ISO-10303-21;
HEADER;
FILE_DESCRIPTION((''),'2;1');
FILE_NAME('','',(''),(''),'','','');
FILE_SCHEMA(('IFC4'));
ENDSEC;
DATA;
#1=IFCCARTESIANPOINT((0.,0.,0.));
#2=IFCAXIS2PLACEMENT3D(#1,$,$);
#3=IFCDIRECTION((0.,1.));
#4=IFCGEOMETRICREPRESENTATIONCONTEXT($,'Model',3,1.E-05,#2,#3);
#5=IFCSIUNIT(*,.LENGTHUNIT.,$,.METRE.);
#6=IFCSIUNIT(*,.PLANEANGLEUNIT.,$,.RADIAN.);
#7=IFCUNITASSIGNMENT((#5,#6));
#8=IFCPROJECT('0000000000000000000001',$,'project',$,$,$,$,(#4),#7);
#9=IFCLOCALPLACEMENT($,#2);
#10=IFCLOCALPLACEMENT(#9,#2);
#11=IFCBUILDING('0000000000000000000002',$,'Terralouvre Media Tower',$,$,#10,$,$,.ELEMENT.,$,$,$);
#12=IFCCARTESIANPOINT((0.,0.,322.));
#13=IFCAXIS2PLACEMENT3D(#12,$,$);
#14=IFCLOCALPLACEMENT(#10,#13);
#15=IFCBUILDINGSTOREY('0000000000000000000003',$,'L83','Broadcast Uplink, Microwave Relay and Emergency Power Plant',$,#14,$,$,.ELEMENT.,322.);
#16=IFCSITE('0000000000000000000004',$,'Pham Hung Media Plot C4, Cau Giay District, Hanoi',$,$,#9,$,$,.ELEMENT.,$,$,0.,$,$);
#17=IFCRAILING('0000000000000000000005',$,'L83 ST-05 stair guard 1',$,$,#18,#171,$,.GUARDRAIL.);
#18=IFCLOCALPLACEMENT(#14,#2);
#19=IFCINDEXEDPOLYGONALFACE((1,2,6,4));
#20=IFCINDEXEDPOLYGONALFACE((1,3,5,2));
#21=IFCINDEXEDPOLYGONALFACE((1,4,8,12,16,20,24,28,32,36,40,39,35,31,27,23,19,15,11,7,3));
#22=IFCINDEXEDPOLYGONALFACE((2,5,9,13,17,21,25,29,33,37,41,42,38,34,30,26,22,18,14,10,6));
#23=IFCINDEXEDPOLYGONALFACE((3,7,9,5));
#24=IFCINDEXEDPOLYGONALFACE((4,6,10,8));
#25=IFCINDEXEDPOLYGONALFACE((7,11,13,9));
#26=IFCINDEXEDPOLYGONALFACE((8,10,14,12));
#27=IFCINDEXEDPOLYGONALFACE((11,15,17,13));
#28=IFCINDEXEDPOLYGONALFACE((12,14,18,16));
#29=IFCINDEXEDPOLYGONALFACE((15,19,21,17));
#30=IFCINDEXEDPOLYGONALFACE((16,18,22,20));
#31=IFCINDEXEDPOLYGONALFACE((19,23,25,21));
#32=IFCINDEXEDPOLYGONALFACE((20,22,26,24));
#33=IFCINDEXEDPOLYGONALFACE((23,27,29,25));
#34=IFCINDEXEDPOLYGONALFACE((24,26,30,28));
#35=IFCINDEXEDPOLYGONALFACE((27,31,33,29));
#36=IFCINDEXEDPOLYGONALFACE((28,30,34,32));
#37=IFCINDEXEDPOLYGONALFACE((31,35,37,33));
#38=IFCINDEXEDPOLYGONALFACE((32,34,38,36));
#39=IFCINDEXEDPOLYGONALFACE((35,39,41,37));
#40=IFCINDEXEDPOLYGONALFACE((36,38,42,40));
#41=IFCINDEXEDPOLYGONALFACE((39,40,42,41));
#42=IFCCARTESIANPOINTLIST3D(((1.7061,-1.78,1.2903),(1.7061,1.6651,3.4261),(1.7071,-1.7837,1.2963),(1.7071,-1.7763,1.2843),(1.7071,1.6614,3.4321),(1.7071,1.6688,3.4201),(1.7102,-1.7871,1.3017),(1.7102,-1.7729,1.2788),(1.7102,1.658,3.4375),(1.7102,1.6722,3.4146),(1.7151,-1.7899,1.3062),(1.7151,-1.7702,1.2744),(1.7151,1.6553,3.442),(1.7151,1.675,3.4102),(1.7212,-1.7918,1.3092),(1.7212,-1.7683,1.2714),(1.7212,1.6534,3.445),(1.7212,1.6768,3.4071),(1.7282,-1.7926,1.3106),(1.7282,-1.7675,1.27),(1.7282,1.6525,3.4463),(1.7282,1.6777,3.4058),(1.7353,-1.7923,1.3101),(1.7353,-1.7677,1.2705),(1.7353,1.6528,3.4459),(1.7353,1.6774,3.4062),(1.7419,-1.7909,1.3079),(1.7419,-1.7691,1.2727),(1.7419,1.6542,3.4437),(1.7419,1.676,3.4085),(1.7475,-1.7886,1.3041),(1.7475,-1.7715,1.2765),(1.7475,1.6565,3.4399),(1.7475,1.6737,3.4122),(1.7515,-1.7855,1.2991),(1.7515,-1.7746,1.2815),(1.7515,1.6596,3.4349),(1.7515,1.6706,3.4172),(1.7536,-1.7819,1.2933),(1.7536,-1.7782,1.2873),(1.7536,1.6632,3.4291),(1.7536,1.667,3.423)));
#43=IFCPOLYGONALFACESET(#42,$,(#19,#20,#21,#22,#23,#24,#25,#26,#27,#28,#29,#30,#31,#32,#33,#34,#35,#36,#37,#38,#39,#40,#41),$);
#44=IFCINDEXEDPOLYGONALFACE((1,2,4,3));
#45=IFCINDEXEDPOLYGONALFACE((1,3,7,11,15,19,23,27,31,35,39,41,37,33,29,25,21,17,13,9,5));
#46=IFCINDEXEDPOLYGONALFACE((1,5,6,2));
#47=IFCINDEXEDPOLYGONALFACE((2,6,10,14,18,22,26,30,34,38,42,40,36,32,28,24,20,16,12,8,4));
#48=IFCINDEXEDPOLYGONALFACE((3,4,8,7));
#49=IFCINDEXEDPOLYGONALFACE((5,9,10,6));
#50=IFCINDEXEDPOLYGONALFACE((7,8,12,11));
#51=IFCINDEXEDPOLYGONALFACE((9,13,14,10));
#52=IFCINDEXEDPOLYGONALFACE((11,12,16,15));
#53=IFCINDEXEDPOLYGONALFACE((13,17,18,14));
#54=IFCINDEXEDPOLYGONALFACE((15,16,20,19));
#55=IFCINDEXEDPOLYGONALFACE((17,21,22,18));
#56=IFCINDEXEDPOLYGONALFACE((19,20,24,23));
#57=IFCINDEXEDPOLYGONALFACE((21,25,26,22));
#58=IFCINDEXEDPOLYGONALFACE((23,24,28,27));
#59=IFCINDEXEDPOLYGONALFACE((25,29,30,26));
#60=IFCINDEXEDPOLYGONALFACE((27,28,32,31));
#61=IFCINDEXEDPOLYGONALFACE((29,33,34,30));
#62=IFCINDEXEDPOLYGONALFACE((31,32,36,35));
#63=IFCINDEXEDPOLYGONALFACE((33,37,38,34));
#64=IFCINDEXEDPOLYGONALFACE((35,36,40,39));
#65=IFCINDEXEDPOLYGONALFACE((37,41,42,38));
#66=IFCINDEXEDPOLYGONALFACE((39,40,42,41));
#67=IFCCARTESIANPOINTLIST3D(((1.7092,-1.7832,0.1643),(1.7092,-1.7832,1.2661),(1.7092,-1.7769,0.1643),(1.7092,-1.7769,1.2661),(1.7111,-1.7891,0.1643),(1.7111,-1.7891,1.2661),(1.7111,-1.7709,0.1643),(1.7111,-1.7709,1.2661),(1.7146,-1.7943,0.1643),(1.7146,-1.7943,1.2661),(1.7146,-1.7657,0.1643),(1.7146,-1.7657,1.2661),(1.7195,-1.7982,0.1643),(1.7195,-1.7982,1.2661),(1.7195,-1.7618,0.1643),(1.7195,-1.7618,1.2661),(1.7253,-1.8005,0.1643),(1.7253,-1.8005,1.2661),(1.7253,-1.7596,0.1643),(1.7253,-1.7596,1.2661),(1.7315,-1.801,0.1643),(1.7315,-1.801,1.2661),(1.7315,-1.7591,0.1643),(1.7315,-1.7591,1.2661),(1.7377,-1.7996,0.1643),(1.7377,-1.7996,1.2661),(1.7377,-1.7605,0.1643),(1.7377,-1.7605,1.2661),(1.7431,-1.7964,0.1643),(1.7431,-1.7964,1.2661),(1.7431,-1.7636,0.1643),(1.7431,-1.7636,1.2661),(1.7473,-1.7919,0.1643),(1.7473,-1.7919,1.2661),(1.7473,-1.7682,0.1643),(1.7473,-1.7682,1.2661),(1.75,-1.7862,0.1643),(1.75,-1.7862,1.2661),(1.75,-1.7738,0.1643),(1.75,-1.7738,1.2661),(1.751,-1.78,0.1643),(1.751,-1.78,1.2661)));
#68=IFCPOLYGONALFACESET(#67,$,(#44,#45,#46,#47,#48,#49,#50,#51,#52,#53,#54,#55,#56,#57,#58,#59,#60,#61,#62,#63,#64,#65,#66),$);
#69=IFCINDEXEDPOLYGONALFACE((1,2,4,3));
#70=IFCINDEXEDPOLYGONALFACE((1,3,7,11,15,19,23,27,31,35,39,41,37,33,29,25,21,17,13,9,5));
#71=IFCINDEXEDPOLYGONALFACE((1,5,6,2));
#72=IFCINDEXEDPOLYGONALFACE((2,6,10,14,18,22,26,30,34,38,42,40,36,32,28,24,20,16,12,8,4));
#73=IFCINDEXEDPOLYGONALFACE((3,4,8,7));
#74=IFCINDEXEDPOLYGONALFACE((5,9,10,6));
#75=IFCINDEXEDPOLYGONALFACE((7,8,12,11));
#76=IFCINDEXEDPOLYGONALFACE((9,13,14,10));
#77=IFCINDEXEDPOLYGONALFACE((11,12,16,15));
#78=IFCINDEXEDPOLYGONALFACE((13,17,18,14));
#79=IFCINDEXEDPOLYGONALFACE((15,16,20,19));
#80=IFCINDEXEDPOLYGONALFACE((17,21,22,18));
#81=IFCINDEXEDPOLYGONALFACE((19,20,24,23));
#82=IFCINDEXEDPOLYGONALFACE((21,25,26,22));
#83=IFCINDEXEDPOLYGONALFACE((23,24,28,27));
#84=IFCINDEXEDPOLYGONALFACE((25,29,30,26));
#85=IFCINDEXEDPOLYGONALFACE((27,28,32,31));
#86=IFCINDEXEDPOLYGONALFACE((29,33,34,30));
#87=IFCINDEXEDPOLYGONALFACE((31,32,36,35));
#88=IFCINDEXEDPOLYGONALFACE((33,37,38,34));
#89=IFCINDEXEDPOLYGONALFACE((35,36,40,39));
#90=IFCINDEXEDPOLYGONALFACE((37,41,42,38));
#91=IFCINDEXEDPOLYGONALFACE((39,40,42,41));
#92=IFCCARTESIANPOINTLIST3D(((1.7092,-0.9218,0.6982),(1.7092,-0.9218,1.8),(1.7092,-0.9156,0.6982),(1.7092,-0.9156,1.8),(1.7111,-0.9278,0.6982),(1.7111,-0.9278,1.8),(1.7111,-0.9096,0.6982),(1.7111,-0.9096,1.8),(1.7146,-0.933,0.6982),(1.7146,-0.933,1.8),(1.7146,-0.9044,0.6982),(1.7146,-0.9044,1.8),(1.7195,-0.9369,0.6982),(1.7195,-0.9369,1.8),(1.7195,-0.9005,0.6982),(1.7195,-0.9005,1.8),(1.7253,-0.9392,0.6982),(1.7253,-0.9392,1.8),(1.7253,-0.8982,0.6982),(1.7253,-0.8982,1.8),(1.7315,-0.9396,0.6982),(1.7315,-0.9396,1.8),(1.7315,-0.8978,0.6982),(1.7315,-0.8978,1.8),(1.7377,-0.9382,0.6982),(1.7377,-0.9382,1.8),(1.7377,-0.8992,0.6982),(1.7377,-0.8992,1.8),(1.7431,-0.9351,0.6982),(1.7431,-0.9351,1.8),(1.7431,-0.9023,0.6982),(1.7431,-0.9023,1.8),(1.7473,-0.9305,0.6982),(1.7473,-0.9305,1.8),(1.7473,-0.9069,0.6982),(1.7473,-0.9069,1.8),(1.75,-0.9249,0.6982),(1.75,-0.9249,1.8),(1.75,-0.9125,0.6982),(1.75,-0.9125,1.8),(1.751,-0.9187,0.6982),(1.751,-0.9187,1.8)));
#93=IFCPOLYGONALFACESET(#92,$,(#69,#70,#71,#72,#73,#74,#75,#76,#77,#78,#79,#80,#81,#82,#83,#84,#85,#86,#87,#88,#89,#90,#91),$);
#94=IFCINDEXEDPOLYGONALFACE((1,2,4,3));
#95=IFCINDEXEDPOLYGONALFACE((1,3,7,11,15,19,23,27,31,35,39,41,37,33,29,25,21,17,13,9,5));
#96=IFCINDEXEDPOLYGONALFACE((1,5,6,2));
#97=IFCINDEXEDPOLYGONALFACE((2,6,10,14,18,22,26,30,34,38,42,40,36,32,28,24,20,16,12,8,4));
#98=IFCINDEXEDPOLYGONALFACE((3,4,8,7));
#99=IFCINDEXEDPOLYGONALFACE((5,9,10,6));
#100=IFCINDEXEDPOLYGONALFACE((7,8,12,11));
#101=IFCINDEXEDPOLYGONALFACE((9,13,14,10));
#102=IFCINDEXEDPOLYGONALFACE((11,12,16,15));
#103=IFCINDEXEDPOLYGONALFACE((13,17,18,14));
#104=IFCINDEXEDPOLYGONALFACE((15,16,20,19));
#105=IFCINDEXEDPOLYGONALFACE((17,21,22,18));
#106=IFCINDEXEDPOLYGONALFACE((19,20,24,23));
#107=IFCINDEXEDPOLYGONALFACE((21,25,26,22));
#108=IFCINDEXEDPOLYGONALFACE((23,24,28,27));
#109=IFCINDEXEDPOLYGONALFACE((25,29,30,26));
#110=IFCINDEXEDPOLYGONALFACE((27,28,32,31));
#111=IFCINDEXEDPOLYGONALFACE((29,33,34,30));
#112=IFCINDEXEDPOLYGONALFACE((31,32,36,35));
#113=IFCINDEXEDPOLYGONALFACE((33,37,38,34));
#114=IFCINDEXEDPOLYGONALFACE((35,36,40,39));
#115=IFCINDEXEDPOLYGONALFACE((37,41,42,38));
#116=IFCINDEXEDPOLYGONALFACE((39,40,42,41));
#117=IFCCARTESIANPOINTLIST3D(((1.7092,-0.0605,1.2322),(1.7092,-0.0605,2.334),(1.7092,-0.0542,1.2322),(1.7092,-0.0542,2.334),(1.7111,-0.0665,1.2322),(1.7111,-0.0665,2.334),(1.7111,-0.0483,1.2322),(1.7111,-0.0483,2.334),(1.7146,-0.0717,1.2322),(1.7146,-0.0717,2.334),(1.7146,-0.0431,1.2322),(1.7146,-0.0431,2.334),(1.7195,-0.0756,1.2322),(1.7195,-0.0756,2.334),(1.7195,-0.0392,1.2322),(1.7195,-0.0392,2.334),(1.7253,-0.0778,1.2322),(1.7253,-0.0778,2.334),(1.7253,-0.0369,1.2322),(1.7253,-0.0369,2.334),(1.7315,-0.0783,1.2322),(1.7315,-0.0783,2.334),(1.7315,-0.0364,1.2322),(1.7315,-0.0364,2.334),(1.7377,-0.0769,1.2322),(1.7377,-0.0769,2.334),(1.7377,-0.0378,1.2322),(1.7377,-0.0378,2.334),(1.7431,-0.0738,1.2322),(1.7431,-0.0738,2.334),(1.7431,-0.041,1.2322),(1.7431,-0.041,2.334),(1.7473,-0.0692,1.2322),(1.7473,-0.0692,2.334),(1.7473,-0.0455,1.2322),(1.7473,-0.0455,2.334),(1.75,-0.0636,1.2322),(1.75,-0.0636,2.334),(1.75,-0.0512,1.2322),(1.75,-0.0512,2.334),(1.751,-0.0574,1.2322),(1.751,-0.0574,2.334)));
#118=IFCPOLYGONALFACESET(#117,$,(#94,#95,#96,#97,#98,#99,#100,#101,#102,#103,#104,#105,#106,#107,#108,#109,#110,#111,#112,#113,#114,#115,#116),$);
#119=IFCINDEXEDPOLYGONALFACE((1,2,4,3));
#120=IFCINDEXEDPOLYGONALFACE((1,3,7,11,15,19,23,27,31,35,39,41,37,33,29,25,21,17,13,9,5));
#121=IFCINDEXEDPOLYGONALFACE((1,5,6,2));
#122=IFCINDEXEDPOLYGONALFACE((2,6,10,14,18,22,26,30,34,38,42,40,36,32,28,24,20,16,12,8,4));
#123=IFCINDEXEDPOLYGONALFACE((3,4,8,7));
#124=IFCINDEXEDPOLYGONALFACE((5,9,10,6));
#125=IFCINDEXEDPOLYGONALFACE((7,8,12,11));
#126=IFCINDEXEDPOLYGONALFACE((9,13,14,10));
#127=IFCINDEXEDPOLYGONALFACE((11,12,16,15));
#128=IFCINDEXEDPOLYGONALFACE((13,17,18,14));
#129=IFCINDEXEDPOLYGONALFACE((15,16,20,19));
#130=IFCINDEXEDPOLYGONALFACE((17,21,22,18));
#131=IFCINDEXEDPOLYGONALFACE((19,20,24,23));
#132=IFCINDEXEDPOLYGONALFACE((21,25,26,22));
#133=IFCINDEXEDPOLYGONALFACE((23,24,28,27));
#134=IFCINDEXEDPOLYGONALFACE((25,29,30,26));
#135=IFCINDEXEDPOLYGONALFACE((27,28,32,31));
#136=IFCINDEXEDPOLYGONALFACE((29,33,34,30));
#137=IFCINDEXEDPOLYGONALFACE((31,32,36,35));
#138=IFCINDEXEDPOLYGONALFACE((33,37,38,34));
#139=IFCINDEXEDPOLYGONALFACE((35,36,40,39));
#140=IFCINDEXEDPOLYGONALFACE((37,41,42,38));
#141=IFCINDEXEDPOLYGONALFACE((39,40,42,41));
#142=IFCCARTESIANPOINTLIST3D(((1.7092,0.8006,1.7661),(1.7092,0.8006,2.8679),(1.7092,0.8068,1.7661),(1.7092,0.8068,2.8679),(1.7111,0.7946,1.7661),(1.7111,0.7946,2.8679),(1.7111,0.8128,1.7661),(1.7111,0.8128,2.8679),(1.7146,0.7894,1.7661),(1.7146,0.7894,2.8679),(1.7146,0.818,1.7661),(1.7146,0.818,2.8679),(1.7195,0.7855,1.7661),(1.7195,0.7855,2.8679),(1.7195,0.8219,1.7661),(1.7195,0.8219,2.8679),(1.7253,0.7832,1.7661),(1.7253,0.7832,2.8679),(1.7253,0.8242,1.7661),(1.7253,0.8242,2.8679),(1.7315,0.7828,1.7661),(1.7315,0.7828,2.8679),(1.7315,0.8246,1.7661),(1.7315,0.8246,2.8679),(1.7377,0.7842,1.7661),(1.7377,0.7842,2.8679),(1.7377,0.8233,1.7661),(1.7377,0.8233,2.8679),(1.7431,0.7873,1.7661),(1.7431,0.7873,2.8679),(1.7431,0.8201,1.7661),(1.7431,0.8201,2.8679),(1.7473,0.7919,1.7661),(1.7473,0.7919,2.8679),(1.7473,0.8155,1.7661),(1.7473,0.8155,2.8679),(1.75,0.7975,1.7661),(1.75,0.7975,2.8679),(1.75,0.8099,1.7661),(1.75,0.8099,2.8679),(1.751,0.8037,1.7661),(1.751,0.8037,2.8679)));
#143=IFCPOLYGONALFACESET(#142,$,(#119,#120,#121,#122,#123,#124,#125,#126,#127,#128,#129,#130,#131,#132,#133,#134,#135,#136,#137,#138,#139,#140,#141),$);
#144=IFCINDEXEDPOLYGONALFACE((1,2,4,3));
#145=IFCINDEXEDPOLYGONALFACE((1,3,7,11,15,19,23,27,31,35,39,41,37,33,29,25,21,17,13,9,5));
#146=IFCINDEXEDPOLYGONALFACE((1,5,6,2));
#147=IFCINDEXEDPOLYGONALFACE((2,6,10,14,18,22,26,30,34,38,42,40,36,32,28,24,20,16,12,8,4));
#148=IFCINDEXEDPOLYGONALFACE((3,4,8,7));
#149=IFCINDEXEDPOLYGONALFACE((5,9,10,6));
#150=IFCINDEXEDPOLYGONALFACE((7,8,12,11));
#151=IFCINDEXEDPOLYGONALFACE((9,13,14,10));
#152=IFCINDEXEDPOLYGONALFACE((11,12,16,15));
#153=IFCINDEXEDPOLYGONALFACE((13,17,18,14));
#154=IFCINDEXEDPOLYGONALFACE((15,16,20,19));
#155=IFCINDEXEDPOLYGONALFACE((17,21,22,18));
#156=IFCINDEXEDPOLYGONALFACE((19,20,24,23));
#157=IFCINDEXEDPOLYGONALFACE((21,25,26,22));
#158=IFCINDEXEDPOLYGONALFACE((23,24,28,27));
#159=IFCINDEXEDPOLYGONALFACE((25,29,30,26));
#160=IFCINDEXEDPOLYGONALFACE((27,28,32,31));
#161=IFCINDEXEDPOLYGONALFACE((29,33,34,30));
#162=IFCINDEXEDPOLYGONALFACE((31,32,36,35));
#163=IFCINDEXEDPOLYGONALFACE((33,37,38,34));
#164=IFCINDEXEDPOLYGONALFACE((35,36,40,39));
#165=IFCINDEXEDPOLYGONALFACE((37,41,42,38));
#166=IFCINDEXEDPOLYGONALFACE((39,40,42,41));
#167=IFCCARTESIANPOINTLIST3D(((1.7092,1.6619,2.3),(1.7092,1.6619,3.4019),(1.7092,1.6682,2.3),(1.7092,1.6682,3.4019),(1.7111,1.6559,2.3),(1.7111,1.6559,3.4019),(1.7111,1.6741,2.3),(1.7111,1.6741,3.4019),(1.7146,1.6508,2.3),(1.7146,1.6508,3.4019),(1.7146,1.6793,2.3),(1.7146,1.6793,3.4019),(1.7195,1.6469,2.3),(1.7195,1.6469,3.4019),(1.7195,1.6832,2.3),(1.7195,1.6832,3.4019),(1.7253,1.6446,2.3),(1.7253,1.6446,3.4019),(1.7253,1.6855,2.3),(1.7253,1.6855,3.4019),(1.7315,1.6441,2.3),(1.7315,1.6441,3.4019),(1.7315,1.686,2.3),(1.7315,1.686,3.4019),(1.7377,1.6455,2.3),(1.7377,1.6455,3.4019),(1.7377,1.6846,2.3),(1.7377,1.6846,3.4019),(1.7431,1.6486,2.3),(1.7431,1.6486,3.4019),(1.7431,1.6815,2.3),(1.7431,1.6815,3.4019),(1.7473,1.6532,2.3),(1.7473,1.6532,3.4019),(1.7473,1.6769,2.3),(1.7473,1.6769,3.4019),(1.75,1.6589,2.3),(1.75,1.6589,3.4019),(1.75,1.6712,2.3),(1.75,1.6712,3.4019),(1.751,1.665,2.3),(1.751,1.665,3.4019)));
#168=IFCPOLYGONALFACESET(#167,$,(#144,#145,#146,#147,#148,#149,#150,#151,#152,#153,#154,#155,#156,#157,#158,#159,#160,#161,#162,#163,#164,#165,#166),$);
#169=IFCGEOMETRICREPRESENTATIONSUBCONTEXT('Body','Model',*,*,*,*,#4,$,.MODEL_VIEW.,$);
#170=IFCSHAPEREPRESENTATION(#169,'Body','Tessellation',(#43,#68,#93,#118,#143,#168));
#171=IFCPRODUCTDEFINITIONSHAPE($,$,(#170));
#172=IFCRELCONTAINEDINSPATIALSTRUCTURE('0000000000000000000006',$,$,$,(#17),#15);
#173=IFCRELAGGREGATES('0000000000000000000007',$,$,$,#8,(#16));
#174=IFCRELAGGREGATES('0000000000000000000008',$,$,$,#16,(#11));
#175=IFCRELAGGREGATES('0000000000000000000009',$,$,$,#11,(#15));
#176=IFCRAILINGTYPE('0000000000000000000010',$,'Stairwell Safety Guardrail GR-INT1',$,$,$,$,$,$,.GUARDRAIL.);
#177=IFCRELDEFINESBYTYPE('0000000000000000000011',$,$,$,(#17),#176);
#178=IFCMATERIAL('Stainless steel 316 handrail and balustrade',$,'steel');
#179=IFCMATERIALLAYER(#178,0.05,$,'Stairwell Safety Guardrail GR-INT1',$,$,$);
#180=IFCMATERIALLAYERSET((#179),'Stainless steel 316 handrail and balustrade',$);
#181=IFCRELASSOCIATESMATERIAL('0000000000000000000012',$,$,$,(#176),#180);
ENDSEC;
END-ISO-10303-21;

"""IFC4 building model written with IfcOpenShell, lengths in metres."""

from ifc_helpers import new_model, si_unit, direction, frame, origin, origin_2d, place, context, subcontext, project, spatial, circle, extrude, material, layer, layer_set, type_object, element, save


model = new_model("IFC4")

# Units and contexts
model_context = context("Model", 3, precision=1e-05, world=origin(), true_north=direction((0.0, 1.0)))
body_context = subcontext(model_context, "Body", "Model", "MODEL_VIEW")
ifc_project = project(units=[si_unit("LENGTHUNIT", "METRE"), si_unit("PLANEANGLEUNIT", "RADIAN")], contexts=[model_context])

# Site, building, storey
site_placement = place(None, origin())
site = spatial("IfcSite", under=ifc_project, at=site_placement, Name="Pham Hung Media Plot C4, Cau Giay District, Hanoi", CompositionType="ELEMENT", RefElevation=0.0)
building_placement = place(site_placement, origin())
building = spatial("IfcBuilding", under=site, at=building_placement, Name="Terralouvre Media Tower", CompositionType="ELEMENT")
storey_placement = place(building_placement, frame((0.0, 0.0, 322.0)))
storey = spatial("IfcBuildingStorey", under=building, at=storey_placement, Name="L83", Description="Broadcast Uplink, Microwave Relay and Emergency Power Plant", CompositionType="ELEMENT", Elevation=322.0)

# Railing
ifc_material_1 = material(Name="Stainless steel 316 handrail and balustrade", Category="steel")
ifc_layer_1 = layer(ifc_material_1, 0.05, Name="Stairwell Safety Guardrail GR-INT1")
ifc_layer_set_1 = layer_set([ifc_layer_1], Name="Stainless steel 316 handrail and balustrade")
railing_type_1 = type_object("IfcRailingType", Name="Stairwell Safety Guardrail GR-INT1", PredefinedType="GUARDRAIL", material=ifc_layer_set_1)
railing_1_placement = place(storey_placement, frame((1.73, -1.78, 0.1643)))
element("IfcRailing", 1, at=railing_1_placement, inside=storey, type_object=railing_type_1, Name="L83 ST-05 stair guard 1", PredefinedType="GUARDRAIL", context=body_context, shape_type="SweptSolid", body=[
    extrude(circle(Radius=0.0239, at=origin_2d()), frame((0.0, 0.0, 1.126), z_axis=(0.0, 0.849925, 0.526904), x_axis=(-1.0, 0.0, 0.0)), (0.0, 0.0, 1.0), 4.0535),
    extrude(circle(Radius=0.021, at=origin_2d()), origin(), (0.0, 0.0, 1.0), 1.1018),
    extrude(circle(Radius=0.021, at=origin_2d()), frame((0.0, 0.8613, 0.5339)), (0.0, 0.0, 1.0), 1.1018),
    extrude(circle(Radius=0.021, at=origin_2d()), frame((0.0, 1.7227, 1.0679)), (0.0, 0.0, 1.0), 1.1018),
    extrude(circle(Radius=0.021, at=origin_2d()), frame((0.0, 2.5837, 1.6018)), (0.0, 0.0, 1.0), 1.1018),
    extrude(circle(Radius=0.021, at=origin_2d()), frame((0.0, 3.4451, 2.1357)), (0.0, 0.0, 1.0), 1.1018),
])

save(model, "model.ifc")
